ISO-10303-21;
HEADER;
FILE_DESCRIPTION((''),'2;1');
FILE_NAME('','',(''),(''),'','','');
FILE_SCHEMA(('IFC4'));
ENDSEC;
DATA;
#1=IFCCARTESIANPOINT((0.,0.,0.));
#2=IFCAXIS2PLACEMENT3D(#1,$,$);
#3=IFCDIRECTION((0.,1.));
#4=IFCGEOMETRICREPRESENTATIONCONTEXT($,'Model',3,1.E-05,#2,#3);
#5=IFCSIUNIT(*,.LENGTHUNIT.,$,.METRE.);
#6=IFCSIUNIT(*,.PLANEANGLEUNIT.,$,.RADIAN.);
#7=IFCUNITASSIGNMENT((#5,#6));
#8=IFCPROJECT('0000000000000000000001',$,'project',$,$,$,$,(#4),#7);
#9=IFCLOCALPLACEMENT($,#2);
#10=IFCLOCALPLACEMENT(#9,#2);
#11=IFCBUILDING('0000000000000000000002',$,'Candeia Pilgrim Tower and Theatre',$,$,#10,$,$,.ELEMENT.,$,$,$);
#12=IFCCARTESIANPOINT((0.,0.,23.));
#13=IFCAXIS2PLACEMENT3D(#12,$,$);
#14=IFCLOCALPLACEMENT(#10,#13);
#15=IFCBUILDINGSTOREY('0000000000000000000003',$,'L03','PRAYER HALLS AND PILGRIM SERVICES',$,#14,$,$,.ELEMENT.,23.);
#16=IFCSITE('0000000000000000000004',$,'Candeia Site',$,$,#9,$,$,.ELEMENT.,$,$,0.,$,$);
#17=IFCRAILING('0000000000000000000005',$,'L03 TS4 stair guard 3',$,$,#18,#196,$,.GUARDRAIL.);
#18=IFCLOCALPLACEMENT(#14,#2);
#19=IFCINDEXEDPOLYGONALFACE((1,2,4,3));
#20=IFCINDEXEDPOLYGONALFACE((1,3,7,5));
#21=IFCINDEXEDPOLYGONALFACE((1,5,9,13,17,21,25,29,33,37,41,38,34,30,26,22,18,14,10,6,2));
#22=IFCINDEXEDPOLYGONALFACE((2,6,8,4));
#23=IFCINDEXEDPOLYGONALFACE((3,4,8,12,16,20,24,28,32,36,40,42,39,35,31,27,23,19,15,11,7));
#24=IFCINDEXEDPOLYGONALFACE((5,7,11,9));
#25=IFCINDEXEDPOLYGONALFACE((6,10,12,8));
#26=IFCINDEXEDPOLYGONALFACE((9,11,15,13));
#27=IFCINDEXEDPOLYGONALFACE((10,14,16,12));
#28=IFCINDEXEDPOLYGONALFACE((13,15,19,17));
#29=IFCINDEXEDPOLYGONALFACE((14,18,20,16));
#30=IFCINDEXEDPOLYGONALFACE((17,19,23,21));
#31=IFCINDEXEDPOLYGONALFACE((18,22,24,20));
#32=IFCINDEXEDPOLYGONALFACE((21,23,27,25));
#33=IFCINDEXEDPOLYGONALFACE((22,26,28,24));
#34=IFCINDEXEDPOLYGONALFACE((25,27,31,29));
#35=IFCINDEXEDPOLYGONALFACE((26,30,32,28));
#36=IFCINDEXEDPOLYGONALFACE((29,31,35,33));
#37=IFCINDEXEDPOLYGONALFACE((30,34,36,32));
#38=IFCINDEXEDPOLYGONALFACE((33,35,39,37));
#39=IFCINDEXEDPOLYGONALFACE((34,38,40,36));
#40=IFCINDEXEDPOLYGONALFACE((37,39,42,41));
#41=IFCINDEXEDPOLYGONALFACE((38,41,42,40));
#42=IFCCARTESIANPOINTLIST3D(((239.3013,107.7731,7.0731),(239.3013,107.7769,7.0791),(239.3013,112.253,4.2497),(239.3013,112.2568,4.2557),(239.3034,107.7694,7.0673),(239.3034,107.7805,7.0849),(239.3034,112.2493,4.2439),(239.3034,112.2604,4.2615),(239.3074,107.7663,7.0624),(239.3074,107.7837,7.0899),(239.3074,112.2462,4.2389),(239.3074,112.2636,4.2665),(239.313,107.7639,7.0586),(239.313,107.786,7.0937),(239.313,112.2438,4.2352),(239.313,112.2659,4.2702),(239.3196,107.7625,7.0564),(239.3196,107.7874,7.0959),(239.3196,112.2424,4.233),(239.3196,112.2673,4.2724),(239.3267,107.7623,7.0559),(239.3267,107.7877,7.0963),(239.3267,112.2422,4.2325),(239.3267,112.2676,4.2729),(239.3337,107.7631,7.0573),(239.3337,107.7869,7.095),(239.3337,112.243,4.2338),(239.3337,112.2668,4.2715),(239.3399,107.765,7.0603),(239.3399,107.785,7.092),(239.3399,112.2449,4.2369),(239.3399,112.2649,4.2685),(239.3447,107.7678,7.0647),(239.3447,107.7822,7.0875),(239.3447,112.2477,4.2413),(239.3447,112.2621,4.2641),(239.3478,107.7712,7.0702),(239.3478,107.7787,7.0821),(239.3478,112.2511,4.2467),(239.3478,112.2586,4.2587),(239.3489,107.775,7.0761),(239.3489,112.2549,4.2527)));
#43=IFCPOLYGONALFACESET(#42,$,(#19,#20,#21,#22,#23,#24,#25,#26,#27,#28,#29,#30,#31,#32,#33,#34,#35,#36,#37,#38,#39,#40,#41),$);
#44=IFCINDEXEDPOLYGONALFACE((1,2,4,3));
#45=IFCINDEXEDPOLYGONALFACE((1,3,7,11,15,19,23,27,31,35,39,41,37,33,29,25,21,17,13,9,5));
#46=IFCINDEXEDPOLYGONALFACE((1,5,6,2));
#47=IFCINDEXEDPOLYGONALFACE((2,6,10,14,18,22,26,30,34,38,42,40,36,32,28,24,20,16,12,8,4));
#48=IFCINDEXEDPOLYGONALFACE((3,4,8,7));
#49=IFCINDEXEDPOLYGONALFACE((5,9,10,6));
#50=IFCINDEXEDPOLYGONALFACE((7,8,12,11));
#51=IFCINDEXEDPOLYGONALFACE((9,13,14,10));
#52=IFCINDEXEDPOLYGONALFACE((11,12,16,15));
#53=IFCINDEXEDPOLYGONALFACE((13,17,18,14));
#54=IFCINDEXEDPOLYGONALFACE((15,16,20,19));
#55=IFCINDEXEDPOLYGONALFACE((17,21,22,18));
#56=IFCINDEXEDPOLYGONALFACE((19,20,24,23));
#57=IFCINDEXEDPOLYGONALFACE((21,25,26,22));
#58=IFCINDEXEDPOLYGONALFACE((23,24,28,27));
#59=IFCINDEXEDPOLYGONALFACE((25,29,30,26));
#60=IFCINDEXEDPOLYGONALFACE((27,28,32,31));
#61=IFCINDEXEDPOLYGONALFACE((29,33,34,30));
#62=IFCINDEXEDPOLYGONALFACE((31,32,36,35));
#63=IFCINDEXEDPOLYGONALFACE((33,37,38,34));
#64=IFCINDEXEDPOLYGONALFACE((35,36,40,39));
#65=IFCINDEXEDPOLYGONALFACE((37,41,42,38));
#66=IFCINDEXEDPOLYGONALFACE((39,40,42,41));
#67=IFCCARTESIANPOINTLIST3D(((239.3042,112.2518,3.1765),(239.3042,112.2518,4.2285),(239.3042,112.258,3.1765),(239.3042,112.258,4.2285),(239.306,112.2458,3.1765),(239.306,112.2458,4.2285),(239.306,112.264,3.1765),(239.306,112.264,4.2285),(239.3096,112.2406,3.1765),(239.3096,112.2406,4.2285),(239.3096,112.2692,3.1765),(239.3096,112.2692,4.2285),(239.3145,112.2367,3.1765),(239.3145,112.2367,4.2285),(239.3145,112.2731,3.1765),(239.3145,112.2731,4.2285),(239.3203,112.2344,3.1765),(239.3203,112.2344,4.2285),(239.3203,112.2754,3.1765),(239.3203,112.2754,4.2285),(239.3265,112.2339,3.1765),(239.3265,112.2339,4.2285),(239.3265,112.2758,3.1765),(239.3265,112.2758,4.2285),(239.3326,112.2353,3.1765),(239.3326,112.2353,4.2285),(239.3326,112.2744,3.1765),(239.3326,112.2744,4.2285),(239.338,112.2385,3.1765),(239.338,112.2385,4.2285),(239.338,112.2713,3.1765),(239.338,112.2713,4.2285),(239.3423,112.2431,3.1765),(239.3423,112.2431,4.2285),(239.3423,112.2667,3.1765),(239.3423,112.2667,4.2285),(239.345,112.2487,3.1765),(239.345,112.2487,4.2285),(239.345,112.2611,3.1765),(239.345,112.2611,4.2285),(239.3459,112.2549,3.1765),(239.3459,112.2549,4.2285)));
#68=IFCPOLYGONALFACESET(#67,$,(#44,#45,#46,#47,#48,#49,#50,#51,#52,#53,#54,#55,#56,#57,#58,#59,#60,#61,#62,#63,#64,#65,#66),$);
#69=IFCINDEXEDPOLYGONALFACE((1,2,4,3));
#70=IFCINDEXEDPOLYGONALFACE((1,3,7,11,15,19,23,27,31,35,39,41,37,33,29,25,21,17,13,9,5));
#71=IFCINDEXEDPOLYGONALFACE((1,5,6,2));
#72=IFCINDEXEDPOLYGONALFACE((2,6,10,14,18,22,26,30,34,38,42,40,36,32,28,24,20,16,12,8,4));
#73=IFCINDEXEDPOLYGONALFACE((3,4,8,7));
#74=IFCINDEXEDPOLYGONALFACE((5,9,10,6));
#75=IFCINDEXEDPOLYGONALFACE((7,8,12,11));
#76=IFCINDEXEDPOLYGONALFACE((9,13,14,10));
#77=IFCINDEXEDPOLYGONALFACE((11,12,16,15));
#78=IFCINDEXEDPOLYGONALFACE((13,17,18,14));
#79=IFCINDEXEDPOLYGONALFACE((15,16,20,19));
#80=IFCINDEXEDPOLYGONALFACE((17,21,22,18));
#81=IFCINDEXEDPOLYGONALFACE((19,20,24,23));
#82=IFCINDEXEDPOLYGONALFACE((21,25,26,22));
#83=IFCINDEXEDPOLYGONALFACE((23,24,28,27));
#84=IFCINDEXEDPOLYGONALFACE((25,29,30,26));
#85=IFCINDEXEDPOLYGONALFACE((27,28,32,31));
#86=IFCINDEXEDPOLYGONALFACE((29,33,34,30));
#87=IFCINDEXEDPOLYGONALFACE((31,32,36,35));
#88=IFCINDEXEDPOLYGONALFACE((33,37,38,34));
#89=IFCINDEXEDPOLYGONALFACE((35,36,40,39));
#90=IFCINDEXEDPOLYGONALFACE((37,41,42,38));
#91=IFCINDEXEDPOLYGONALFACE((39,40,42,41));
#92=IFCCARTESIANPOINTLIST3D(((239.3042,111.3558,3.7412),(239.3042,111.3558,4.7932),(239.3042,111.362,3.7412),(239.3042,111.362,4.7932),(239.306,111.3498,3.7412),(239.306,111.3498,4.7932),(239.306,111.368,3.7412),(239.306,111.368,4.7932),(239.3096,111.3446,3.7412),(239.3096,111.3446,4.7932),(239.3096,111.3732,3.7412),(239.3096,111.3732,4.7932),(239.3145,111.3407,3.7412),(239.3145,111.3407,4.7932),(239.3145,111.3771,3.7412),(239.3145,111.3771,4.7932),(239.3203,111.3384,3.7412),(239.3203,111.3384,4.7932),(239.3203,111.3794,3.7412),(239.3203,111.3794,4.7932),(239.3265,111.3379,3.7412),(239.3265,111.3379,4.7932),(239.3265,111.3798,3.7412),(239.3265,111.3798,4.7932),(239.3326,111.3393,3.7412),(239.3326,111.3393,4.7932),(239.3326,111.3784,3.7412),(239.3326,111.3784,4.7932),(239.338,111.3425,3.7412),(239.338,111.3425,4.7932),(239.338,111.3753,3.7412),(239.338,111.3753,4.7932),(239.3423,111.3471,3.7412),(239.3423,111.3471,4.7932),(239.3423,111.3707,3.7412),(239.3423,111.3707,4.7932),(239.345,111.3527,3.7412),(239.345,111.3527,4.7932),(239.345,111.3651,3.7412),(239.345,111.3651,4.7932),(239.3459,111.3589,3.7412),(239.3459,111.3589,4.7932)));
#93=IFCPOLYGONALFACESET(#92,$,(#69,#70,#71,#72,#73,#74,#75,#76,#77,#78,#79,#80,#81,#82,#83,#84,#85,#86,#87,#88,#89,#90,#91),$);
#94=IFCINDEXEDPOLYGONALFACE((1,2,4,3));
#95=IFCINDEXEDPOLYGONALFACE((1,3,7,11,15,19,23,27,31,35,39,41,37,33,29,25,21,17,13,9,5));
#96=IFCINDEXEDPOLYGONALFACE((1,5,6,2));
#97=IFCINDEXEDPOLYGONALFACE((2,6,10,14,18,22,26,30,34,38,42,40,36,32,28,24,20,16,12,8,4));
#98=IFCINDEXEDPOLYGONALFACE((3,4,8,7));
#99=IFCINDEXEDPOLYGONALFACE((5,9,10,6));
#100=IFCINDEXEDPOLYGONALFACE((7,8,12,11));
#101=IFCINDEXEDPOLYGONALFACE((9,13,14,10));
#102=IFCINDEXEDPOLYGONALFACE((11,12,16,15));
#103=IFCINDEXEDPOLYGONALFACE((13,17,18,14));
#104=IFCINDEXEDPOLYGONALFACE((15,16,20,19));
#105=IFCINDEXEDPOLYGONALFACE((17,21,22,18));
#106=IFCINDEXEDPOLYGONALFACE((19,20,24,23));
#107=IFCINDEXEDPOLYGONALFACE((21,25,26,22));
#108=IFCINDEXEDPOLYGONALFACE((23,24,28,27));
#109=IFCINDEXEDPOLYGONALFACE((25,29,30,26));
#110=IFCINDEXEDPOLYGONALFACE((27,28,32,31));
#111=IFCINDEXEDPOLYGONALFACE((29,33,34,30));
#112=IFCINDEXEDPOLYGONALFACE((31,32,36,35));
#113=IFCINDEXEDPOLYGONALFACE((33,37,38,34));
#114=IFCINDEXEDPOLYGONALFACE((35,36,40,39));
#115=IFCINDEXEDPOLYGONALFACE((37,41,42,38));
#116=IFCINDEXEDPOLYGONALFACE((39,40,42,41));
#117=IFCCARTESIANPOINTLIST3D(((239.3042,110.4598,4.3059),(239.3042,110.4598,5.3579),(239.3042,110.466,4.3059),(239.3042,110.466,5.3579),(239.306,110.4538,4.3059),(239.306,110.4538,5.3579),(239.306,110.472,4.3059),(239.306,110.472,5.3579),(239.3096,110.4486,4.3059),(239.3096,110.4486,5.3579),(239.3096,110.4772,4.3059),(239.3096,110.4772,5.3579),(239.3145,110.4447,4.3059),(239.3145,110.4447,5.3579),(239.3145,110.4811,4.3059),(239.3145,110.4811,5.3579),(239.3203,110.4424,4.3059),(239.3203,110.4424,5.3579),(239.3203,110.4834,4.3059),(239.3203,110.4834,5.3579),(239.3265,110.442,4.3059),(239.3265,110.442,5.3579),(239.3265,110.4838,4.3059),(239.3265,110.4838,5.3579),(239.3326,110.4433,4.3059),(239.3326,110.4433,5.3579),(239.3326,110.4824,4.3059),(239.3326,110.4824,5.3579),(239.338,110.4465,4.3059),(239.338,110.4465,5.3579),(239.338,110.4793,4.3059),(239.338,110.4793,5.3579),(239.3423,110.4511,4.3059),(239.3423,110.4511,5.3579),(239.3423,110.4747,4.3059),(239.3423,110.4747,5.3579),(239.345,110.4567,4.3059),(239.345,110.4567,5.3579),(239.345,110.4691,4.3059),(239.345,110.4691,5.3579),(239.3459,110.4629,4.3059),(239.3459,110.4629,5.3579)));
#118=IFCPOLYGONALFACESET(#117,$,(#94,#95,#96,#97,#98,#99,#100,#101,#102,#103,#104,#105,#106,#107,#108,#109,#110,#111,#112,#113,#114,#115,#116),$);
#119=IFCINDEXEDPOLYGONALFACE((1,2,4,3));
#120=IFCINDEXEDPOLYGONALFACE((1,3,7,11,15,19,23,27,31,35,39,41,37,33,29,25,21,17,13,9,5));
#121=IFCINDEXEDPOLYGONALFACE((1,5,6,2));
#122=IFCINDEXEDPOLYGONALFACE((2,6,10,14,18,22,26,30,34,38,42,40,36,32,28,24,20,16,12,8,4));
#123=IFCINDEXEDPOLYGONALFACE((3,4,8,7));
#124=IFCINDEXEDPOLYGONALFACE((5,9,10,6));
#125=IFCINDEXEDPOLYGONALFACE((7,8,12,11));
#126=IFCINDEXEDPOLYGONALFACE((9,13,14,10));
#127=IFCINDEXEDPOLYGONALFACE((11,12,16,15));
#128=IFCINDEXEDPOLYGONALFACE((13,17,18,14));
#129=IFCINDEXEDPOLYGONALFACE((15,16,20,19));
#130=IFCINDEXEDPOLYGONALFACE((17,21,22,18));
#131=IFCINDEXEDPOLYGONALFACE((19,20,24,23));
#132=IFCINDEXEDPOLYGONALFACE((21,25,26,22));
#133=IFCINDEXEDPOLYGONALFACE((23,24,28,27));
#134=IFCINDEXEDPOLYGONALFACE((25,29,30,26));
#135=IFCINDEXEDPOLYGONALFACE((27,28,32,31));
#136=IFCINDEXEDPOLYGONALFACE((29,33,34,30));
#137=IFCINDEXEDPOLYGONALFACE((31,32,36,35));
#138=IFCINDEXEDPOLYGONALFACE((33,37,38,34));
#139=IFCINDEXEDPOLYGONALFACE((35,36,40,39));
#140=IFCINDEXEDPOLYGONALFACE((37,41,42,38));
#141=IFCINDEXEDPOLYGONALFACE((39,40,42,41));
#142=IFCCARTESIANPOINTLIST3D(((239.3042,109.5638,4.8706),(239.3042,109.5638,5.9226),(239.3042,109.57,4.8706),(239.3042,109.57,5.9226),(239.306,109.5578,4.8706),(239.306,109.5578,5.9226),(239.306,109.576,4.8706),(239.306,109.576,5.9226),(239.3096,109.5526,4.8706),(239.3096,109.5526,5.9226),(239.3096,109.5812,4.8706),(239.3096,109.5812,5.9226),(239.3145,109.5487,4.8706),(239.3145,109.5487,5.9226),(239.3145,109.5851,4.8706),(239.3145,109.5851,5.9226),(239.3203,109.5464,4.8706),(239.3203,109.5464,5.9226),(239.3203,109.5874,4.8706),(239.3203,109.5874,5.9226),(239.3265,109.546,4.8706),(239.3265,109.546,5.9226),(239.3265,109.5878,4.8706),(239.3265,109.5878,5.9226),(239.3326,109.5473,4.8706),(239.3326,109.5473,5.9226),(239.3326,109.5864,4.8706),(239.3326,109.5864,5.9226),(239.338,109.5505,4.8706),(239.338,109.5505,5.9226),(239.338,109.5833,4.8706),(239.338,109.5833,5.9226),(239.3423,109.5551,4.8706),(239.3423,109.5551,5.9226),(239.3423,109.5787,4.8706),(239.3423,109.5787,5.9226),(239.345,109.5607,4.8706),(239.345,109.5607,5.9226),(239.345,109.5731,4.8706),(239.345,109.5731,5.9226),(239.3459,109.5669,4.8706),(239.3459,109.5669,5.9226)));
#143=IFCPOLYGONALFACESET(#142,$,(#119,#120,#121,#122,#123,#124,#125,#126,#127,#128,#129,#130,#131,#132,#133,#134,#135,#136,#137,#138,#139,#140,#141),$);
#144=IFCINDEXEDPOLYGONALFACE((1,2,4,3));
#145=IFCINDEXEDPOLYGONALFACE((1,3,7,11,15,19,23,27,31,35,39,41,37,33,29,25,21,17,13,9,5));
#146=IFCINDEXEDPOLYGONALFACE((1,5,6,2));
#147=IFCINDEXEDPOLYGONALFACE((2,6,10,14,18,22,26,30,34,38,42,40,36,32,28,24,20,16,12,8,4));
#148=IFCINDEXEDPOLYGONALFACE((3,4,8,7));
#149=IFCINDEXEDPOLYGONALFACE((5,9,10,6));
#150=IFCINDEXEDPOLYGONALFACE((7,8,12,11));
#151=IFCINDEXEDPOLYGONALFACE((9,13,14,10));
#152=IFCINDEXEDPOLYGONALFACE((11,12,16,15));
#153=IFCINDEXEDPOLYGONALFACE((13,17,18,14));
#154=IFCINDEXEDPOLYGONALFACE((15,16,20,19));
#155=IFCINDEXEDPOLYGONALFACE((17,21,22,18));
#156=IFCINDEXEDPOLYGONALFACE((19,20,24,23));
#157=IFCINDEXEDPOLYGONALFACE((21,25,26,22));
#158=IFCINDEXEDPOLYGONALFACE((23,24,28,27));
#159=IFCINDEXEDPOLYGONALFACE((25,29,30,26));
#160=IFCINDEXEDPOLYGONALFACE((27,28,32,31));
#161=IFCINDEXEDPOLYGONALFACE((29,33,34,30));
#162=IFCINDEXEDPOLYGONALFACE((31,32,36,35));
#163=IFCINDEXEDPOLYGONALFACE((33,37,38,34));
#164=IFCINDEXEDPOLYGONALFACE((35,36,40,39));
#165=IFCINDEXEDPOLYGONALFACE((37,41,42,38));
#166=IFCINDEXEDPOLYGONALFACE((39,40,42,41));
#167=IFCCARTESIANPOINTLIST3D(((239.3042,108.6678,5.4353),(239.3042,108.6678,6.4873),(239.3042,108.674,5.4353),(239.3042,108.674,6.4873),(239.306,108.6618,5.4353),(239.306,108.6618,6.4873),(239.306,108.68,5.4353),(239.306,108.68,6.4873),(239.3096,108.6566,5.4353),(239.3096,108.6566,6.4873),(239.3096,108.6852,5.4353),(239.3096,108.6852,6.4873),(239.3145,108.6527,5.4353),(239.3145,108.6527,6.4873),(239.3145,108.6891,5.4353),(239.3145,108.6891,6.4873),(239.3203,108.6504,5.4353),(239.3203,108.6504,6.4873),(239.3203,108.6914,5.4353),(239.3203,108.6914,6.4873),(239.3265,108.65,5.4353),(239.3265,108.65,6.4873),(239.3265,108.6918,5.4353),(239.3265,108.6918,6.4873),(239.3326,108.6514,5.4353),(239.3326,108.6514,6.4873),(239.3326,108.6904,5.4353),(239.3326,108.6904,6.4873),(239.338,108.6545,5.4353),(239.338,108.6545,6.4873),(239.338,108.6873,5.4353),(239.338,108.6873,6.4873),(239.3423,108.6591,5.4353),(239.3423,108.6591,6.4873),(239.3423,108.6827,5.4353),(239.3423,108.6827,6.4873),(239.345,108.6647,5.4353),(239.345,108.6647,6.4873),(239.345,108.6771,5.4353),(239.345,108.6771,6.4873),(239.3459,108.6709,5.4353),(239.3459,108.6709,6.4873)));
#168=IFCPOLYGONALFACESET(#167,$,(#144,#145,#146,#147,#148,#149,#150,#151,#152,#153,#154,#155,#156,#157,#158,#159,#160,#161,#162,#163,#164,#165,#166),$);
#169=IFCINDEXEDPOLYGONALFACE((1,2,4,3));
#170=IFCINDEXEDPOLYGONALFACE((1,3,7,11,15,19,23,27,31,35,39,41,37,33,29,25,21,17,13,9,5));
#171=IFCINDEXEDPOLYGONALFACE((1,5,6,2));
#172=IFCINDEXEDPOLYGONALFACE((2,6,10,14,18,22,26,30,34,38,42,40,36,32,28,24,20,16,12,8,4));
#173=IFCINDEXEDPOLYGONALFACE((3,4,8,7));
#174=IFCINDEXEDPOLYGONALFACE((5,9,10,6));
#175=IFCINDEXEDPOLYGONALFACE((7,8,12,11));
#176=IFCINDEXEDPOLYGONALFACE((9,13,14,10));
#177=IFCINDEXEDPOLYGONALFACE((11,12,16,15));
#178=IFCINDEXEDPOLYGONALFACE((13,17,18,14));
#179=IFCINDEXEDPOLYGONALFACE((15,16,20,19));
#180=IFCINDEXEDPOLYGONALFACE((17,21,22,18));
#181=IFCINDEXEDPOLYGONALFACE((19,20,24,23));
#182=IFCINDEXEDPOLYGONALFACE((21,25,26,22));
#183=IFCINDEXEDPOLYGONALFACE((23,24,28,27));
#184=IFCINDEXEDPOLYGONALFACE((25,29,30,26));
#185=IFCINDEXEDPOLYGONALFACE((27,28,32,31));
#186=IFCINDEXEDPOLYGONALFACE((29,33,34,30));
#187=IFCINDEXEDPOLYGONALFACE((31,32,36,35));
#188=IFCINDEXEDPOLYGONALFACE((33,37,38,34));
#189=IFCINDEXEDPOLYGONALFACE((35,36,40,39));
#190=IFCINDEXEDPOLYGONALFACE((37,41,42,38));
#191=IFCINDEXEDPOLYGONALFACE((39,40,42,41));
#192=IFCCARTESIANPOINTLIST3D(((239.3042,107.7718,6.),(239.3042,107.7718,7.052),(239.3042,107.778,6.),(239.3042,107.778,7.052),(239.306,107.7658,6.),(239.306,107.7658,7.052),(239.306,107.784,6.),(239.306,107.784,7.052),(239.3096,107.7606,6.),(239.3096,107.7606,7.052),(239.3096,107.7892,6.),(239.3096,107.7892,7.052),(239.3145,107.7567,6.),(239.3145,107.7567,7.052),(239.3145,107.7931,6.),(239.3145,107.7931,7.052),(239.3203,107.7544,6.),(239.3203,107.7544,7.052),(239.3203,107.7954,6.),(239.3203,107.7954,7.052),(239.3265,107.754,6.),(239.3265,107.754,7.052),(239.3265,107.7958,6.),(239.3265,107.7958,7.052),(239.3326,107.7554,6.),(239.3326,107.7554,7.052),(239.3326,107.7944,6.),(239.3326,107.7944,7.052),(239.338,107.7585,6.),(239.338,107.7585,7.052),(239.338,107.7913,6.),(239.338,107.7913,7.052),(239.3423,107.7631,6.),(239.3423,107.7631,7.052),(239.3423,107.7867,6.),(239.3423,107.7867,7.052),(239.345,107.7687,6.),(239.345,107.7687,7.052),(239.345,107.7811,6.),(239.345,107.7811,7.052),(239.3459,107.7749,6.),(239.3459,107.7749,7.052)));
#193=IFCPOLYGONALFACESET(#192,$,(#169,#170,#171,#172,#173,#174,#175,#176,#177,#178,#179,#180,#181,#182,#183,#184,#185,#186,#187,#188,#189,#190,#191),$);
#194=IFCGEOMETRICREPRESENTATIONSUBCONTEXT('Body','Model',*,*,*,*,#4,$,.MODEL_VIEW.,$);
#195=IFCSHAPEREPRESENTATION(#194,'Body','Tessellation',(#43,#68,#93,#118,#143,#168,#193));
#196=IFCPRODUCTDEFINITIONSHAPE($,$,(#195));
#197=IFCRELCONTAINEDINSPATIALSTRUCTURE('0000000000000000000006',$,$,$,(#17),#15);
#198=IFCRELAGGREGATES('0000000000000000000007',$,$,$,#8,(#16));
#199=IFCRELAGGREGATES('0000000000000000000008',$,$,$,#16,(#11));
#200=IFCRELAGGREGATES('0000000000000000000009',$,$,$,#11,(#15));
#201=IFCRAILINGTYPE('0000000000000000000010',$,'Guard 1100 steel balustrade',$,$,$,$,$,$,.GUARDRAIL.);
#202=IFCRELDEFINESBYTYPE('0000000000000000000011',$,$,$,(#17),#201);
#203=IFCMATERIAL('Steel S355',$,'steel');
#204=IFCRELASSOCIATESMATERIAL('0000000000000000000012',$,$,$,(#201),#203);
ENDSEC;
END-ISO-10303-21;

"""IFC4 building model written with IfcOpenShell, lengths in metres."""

from ifc_helpers import new_model, si_unit, direction, frame, origin, origin_2d, place, context, subcontext, project, spatial, circle, extrude, material, type_object, element, save


model = new_model("IFC4")

# Units and contexts
model_context = context("Model", 3, precision=1e-05, world=origin(), true_north=direction((0.0, 1.0)))
body_context = subcontext(model_context, "Body", "Model", "MODEL_VIEW")
ifc_project = project(units=[si_unit("LENGTHUNIT", "METRE"), si_unit("PLANEANGLEUNIT", "RADIAN")], contexts=[model_context])

# Site, building, storey
site_placement = place(None, origin())
site = spatial("IfcSite", under=ifc_project, at=site_placement, Name="Candeia Site", CompositionType="ELEMENT", RefElevation=0.0)
building_placement = place(site_placement, origin())
building = spatial("IfcBuilding", under=site, at=building_placement, Name="Candeia Pilgrim Tower and Theatre", CompositionType="ELEMENT")
storey_placement = place(building_placement, frame((0.0, 0.0, 23.0)))
storey = spatial("IfcBuildingStorey", under=building, at=storey_placement, Name="L03", Description="PRAYER HALLS AND PILGRIM SERVICES", CompositionType="ELEMENT", Elevation=23.0)

# Railing
ifc_material_1 = material(Name="Steel S355", Category="steel")
railing_type_1 = type_object("IfcRailingType", Name="Guard 1100 steel balustrade", PredefinedType="GUARDRAIL", material=ifc_material_1)
railing_1_placement = place(storey_placement, frame((239.325, 112.2549, 3.1765)))
element("IfcRailing", 1, at=railing_1_placement, inside=storey, type_object=railing_type_1, Name="L03 TS4 stair guard 3", PredefinedType="GUARDRAIL", context=body_context, shape_type="SweptSolid", body=[
    extrude(circle(Radius=0.0239, at=origin_2d()), frame((0.0, 0.0, 1.0762), z_axis=(0.0, -0.845998, 0.533186), x_axis=(1.0, 0.0, 0.0)), (0.0, 0.0, 1.0), 5.2954),
    extrude(circle(Radius=0.021, at=origin_2d()), origin(), (0.0, 0.0, 1.0), 1.052),
    extrude(circle(Radius=0.021, at=origin_2d()), frame((0.0, -0.896, 0.5647)), (0.0, 0.0, 1.0), 1.052),
    extrude(circle(Radius=0.021, at=origin_2d()), frame((0.0, -1.792, 1.1294)), (0.0, 0.0, 1.0), 1.052),
    extrude(circle(Radius=0.021, at=origin_2d()), frame((0.0, -2.688, 1.6941)), (0.0, 0.0, 1.0), 1.052),
    extrude(circle(Radius=0.021, at=origin_2d()), frame((0.0, -3.584, 2.2588)), (0.0, 0.0, 1.0), 1.052),
    extrude(circle(Radius=0.021, at=origin_2d()), frame((0.0, -4.48, 2.8235)), (0.0, 0.0, 1.0), 1.052),
])

save(model, "model.ifc")
